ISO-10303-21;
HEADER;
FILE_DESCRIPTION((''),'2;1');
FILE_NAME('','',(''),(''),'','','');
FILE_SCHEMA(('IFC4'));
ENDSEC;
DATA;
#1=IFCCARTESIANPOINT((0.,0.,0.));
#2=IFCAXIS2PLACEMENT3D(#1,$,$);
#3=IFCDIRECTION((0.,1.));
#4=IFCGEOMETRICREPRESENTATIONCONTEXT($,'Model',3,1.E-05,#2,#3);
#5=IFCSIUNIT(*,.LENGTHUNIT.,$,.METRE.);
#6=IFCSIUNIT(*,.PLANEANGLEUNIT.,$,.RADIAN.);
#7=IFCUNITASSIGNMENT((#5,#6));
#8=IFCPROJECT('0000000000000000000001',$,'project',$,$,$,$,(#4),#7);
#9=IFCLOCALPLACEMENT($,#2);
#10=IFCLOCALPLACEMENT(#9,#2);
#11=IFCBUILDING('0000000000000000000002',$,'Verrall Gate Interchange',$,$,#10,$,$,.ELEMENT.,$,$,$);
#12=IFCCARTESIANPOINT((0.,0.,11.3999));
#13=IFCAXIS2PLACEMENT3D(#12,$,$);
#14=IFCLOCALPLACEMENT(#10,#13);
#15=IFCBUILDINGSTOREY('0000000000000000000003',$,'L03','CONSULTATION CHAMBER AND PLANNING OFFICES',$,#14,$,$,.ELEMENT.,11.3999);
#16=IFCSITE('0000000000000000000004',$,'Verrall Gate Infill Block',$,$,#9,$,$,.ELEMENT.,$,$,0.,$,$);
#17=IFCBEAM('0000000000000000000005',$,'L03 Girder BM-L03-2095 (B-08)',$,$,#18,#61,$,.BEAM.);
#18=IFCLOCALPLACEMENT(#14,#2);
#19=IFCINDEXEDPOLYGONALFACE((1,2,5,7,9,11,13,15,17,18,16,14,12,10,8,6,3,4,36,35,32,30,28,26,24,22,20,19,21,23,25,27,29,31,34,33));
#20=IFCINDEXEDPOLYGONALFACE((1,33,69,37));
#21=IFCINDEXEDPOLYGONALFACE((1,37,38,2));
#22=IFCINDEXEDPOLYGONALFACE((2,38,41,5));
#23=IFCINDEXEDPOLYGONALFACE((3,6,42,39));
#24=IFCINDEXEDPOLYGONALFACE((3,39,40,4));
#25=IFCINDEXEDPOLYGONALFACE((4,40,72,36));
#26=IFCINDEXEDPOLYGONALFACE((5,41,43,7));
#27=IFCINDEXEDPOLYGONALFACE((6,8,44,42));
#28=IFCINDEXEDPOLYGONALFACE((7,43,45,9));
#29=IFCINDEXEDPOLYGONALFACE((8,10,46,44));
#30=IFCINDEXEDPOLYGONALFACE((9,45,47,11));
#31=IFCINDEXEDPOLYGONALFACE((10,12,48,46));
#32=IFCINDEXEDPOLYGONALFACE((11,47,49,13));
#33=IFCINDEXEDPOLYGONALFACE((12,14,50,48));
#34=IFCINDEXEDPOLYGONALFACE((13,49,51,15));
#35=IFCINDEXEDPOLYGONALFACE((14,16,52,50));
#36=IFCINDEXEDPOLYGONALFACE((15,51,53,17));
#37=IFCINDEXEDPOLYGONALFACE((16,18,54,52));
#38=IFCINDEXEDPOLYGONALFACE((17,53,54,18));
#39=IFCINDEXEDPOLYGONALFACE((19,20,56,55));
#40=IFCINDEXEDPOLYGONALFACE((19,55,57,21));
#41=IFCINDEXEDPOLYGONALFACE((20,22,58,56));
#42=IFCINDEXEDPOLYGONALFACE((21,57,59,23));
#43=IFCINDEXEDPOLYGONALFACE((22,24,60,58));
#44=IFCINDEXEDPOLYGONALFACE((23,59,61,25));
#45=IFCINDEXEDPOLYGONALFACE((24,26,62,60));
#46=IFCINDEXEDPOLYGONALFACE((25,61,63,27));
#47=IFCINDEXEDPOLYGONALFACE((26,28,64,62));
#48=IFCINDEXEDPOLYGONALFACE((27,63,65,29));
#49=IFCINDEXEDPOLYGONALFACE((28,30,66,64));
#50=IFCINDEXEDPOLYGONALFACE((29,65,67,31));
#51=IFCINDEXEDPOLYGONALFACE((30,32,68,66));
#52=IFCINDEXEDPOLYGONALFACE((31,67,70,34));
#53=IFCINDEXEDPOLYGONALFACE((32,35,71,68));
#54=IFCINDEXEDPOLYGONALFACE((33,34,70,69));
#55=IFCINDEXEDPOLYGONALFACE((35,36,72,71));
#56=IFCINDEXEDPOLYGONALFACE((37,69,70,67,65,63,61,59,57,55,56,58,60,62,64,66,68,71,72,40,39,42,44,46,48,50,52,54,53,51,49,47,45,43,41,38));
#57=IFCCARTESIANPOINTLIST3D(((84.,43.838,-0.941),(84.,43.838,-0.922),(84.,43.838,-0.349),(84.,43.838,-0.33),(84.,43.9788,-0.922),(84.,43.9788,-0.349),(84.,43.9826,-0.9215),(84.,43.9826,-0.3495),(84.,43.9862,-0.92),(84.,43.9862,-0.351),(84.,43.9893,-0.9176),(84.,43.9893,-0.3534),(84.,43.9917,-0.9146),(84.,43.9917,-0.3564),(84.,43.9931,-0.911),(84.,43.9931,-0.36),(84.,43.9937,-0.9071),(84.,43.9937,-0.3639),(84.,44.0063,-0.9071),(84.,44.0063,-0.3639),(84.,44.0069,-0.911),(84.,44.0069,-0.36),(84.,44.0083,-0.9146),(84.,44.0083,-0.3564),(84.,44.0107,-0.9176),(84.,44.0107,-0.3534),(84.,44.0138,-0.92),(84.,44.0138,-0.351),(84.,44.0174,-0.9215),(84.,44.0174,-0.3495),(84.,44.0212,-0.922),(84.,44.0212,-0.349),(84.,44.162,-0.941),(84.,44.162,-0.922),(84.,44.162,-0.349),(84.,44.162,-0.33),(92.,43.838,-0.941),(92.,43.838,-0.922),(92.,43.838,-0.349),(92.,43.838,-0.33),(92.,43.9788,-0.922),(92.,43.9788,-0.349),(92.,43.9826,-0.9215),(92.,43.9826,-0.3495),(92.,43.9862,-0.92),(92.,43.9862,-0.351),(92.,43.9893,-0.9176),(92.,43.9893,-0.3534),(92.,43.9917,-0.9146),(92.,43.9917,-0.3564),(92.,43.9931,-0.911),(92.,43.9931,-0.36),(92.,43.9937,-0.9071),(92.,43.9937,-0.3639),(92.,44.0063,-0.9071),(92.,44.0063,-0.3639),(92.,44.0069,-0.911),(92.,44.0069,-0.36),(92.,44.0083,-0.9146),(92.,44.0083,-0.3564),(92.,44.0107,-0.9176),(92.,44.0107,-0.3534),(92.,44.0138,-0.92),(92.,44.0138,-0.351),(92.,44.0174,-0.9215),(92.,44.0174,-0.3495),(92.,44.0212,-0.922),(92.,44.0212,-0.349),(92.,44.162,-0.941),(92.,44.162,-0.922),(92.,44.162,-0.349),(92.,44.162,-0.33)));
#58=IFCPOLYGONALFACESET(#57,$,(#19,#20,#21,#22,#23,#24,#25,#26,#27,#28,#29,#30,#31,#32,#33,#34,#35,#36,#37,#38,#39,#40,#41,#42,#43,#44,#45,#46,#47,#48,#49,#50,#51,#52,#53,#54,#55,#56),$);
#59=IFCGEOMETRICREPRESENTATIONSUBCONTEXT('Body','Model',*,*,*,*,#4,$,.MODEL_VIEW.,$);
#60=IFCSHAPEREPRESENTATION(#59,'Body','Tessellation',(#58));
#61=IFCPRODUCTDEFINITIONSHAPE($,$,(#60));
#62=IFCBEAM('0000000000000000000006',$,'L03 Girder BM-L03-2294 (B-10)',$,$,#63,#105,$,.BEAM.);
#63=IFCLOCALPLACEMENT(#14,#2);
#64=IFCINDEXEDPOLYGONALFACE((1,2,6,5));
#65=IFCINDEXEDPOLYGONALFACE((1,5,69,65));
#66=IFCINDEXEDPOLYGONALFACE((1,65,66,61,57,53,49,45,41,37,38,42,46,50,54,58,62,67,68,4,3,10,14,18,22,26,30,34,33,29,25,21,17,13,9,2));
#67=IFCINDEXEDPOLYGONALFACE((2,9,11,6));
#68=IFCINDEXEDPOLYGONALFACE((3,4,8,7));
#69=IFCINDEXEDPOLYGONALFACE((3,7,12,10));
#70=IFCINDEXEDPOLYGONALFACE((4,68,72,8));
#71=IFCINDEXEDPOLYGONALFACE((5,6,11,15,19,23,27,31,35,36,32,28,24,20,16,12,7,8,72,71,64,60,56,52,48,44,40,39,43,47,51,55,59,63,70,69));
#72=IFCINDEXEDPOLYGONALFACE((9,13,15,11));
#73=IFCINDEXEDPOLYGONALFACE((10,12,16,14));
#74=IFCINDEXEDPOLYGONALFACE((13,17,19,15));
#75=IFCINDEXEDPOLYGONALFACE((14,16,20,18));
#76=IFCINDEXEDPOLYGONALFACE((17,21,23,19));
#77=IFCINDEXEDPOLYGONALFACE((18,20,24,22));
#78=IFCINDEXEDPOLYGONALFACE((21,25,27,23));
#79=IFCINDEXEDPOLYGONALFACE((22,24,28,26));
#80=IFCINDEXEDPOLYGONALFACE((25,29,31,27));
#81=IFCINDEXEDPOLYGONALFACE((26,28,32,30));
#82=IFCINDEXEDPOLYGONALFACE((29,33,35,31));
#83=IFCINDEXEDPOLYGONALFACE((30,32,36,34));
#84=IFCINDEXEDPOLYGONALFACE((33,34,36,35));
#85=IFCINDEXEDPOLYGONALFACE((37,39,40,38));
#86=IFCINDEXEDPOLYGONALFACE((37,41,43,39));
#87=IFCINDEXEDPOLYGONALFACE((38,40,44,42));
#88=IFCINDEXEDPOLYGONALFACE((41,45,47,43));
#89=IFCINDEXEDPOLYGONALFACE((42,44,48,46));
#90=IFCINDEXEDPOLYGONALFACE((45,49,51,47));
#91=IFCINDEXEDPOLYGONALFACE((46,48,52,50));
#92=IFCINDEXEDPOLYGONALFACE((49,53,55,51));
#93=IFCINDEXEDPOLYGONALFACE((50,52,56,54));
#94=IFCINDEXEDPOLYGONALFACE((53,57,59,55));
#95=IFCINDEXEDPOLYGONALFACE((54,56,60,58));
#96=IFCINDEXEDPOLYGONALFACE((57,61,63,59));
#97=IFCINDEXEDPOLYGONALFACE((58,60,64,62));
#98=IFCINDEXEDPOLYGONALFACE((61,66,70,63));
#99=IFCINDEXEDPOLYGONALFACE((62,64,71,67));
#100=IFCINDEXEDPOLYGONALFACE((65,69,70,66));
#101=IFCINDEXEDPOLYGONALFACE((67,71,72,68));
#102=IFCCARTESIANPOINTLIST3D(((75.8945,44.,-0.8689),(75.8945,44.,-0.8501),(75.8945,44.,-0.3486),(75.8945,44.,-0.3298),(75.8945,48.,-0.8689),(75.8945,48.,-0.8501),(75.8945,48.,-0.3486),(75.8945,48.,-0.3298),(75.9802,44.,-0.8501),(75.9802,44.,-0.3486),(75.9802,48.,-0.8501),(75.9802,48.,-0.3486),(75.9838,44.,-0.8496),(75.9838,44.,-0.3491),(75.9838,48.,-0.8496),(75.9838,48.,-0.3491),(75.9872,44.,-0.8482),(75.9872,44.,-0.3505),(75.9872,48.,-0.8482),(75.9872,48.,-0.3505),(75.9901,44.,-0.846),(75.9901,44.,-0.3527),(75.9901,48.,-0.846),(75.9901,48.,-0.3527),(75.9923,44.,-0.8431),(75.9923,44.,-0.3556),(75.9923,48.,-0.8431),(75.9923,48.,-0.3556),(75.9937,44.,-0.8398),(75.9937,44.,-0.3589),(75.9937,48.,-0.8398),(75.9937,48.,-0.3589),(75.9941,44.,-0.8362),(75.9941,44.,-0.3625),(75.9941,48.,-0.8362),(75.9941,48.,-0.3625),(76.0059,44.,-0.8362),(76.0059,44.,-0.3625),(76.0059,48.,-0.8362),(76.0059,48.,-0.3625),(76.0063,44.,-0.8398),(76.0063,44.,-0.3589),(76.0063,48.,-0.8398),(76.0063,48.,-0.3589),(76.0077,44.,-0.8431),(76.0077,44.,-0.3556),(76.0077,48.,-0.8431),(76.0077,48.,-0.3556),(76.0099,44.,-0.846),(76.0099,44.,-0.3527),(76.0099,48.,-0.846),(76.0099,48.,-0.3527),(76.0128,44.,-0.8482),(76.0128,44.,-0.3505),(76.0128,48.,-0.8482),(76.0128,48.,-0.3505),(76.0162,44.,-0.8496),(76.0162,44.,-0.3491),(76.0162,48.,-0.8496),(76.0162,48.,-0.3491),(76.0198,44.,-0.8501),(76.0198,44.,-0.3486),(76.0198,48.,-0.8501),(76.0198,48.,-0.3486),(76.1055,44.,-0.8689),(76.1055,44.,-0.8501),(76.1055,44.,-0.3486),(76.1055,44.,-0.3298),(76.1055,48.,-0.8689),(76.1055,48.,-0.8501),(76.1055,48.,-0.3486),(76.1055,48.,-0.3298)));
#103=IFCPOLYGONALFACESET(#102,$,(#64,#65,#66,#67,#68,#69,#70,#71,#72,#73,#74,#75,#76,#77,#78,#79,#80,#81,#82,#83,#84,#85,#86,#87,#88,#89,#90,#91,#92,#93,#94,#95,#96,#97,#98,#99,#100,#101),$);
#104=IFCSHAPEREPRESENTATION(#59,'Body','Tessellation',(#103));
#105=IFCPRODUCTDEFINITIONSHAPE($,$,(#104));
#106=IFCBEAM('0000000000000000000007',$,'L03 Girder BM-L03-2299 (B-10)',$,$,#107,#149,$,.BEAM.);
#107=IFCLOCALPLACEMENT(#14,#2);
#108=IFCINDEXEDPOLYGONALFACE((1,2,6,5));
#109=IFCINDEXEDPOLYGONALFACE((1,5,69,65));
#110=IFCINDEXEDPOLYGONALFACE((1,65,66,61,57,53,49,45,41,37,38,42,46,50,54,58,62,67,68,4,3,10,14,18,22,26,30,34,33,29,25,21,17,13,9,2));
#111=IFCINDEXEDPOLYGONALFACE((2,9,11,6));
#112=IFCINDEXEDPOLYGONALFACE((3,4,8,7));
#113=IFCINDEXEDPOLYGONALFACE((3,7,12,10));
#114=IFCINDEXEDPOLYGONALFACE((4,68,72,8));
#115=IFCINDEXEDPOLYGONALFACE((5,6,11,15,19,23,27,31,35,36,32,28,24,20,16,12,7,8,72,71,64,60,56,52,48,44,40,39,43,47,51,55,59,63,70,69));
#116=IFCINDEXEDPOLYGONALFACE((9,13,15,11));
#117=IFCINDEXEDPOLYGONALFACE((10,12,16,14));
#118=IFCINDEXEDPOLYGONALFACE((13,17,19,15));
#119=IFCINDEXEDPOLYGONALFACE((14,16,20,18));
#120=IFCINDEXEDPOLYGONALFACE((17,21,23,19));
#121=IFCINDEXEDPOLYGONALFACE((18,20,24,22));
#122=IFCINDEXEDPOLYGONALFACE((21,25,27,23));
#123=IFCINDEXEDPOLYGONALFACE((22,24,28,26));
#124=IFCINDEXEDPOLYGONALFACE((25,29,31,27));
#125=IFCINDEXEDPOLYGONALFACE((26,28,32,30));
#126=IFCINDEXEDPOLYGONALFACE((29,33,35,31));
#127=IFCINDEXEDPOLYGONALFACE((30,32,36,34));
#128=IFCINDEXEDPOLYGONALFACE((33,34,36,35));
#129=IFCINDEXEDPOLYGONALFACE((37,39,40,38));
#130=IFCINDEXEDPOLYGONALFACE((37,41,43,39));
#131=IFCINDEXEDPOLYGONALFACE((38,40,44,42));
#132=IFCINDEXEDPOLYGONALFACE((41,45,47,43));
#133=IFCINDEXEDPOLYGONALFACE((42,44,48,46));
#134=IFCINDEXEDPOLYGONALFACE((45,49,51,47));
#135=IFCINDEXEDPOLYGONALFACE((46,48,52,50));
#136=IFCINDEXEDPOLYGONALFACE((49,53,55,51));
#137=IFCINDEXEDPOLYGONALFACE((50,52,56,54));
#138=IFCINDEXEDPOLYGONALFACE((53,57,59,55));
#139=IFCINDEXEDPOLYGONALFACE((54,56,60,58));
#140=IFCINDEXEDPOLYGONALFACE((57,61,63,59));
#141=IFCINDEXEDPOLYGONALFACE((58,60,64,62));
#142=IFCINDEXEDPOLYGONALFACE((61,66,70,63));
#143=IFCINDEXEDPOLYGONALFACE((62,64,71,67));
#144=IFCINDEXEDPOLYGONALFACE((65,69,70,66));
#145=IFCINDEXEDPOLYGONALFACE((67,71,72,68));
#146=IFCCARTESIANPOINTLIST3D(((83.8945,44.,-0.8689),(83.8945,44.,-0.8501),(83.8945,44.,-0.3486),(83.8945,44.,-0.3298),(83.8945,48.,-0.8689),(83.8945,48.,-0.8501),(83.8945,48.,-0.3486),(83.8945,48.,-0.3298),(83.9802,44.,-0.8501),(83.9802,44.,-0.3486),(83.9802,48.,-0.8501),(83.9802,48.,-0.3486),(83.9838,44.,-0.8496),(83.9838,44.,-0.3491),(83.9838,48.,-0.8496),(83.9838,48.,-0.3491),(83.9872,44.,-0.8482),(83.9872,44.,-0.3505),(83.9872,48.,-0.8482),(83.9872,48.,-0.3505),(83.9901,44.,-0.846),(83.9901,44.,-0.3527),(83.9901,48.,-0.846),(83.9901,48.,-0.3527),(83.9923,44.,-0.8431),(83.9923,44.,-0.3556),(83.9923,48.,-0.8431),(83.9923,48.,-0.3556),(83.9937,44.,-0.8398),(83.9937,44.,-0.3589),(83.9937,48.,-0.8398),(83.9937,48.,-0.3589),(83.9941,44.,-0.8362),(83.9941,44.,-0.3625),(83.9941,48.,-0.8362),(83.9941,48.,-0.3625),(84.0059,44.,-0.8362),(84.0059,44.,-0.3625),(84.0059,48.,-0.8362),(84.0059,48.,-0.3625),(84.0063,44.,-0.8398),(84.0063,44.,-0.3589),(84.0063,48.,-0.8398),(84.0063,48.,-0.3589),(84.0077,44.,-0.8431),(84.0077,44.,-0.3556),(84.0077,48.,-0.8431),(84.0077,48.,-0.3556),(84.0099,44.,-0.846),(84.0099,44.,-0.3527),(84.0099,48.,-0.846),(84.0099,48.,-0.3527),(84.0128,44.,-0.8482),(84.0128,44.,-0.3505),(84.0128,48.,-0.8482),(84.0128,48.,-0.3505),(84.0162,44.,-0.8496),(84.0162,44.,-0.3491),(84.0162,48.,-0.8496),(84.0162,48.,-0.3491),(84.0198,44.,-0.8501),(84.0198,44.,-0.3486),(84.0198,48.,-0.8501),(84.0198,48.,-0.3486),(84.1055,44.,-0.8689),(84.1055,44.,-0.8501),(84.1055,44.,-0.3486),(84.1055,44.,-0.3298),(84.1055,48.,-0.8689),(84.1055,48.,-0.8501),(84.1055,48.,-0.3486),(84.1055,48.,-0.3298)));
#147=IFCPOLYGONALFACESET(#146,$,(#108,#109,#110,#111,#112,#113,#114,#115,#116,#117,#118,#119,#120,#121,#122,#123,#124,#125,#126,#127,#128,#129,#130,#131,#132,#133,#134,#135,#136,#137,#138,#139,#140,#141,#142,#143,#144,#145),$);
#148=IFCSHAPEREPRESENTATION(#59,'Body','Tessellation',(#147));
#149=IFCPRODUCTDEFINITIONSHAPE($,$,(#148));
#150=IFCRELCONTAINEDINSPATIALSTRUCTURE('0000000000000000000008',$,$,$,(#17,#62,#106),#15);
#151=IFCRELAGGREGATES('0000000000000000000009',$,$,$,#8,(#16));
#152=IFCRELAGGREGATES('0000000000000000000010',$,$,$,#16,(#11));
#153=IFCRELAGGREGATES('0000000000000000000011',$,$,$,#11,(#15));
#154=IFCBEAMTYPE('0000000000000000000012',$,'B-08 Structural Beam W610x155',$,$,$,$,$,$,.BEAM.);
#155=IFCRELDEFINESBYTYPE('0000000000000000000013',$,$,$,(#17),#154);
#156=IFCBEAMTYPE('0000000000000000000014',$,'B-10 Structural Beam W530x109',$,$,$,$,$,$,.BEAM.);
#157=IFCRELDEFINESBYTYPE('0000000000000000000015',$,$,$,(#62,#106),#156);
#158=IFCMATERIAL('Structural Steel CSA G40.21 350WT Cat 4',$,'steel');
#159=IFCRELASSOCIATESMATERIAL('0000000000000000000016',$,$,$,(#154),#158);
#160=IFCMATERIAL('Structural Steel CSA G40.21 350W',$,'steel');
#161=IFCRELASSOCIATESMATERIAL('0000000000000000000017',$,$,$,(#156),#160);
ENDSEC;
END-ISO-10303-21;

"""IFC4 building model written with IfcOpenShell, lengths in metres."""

from ifc_helpers import new_model, si_unit, direction, frame, origin, origin_2d, place, context, subcontext, project, spatial, i_section, extrude, material, material_profile, profile_set, type_object, element, save


model = new_model("IFC4")

# Units and contexts
model_context = context("Model", 3, precision=1e-05, world=origin(), true_north=direction((0.0, 1.0)))
body_context = subcontext(model_context, "Body", "Model", "MODEL_VIEW")
ifc_project = project(units=[si_unit("LENGTHUNIT", "METRE"), si_unit("PLANEANGLEUNIT", "RADIAN")], contexts=[model_context])

# Site, building, storey
site_placement = place(None, origin())
site = spatial("IfcSite", under=ifc_project, at=site_placement, Name="Verrall Gate Infill Block", CompositionType="ELEMENT", RefElevation=0.0)
building_placement = place(site_placement, origin())
building = spatial("IfcBuilding", under=site, at=building_placement, Name="Verrall Gate Interchange", CompositionType="ELEMENT")
storey_placement = place(building_placement, frame((0.0, 0.0, 11.3999)))
storey = spatial("IfcBuildingStorey", under=building, at=storey_placement, Name="L03", Description="CONSULTATION CHAMBER AND PLANNING OFFICES", CompositionType="ELEMENT", Elevation=11.3999)

# Beams
ifc_material_1 = material(Name="Structural Steel CSA G40.21 350WT Cat 4", Category="steel")
ifc_material_profile_1 = material_profile(ifc_material_1, i_section(OverallWidth=0.324, OverallDepth=0.6111, WebThickness=0.0127, FlangeThickness=0.019, FilletRadius=0.0149, at=origin_2d()), Name="W610x155")
ifc_profile_set_1 = profile_set([ifc_material_profile_1], Name="Structural Steel CSA G40.21 350WT Cat 4")
beam_type_1 = type_object("IfcBeamType", Name="B-08 Structural Beam W610x155", PredefinedType="BEAM", material=ifc_profile_set_1)
for number, where, z_axis, x_axis, name in (
    (1, (84.0, 44.0, -0.6355), (1.0, 0.0, 0.0), (0.0, 1.0, 0.0), "L03 Girder BM-L03-2095 (B-08)"),
):
    element("IfcBeam", number, at=place(storey_placement, frame(where, z_axis=z_axis, x_axis=x_axis)), inside=storey, type_object=beam_type_1, Name=name, PredefinedType="BEAM", context=body_context, shape_type="SweptSolid", body=[
        extrude(i_section(OverallWidth=0.324, OverallDepth=0.6111, WebThickness=0.0127, FlangeThickness=0.019, FilletRadius=0.0149, at=origin_2d()), origin(), (0.0, 0.0, 1.0), 8.0),
    ])
ifc_material_2 = material(Name="Structural Steel CSA G40.21 350W", Category="steel")
ifc_material_profile_2 = material_profile(ifc_material_2, i_section(OverallWidth=0.2109, OverallDepth=0.5391, WebThickness=0.0117, FlangeThickness=0.0188, FilletRadius=0.0139, at=origin_2d()), Name="W530x109")
ifc_profile_set_2 = profile_set([ifc_material_profile_2], Name="Structural Steel CSA G40.21 350W")
beam_type_2 = type_object("IfcBeamType", Name="B-10 Structural Beam W530x109", PredefinedType="BEAM", material=ifc_profile_set_2)
for number, where, z_axis, x_axis, name in (
    (2, (76.0, 44.0, -0.5994), (0.0, 1.0, 0.0), (-1.0, 0.0, 0.0), "L03 Girder BM-L03-2294 (B-10)"),
    (3, (84.0, 44.0, -0.5994), (0.0, 1.0, 0.0), (-1.0, 0.0, 0.0), "L03 Girder BM-L03-2299 (B-10)"),
):
    element("IfcBeam", number, at=place(storey_placement, frame(where, z_axis=z_axis, x_axis=x_axis)), inside=storey, type_object=beam_type_2, Name=name, PredefinedType="BEAM", context=body_context, shape_type="SweptSolid", body=[
        extrude(i_section(OverallWidth=0.2109, OverallDepth=0.5391, WebThickness=0.0117, FlangeThickness=0.0188, FilletRadius=0.0139, at=origin_2d()), origin(), (0.0, 0.0, 1.0), 4.0),
    ])

save(model, "model.ifc")
